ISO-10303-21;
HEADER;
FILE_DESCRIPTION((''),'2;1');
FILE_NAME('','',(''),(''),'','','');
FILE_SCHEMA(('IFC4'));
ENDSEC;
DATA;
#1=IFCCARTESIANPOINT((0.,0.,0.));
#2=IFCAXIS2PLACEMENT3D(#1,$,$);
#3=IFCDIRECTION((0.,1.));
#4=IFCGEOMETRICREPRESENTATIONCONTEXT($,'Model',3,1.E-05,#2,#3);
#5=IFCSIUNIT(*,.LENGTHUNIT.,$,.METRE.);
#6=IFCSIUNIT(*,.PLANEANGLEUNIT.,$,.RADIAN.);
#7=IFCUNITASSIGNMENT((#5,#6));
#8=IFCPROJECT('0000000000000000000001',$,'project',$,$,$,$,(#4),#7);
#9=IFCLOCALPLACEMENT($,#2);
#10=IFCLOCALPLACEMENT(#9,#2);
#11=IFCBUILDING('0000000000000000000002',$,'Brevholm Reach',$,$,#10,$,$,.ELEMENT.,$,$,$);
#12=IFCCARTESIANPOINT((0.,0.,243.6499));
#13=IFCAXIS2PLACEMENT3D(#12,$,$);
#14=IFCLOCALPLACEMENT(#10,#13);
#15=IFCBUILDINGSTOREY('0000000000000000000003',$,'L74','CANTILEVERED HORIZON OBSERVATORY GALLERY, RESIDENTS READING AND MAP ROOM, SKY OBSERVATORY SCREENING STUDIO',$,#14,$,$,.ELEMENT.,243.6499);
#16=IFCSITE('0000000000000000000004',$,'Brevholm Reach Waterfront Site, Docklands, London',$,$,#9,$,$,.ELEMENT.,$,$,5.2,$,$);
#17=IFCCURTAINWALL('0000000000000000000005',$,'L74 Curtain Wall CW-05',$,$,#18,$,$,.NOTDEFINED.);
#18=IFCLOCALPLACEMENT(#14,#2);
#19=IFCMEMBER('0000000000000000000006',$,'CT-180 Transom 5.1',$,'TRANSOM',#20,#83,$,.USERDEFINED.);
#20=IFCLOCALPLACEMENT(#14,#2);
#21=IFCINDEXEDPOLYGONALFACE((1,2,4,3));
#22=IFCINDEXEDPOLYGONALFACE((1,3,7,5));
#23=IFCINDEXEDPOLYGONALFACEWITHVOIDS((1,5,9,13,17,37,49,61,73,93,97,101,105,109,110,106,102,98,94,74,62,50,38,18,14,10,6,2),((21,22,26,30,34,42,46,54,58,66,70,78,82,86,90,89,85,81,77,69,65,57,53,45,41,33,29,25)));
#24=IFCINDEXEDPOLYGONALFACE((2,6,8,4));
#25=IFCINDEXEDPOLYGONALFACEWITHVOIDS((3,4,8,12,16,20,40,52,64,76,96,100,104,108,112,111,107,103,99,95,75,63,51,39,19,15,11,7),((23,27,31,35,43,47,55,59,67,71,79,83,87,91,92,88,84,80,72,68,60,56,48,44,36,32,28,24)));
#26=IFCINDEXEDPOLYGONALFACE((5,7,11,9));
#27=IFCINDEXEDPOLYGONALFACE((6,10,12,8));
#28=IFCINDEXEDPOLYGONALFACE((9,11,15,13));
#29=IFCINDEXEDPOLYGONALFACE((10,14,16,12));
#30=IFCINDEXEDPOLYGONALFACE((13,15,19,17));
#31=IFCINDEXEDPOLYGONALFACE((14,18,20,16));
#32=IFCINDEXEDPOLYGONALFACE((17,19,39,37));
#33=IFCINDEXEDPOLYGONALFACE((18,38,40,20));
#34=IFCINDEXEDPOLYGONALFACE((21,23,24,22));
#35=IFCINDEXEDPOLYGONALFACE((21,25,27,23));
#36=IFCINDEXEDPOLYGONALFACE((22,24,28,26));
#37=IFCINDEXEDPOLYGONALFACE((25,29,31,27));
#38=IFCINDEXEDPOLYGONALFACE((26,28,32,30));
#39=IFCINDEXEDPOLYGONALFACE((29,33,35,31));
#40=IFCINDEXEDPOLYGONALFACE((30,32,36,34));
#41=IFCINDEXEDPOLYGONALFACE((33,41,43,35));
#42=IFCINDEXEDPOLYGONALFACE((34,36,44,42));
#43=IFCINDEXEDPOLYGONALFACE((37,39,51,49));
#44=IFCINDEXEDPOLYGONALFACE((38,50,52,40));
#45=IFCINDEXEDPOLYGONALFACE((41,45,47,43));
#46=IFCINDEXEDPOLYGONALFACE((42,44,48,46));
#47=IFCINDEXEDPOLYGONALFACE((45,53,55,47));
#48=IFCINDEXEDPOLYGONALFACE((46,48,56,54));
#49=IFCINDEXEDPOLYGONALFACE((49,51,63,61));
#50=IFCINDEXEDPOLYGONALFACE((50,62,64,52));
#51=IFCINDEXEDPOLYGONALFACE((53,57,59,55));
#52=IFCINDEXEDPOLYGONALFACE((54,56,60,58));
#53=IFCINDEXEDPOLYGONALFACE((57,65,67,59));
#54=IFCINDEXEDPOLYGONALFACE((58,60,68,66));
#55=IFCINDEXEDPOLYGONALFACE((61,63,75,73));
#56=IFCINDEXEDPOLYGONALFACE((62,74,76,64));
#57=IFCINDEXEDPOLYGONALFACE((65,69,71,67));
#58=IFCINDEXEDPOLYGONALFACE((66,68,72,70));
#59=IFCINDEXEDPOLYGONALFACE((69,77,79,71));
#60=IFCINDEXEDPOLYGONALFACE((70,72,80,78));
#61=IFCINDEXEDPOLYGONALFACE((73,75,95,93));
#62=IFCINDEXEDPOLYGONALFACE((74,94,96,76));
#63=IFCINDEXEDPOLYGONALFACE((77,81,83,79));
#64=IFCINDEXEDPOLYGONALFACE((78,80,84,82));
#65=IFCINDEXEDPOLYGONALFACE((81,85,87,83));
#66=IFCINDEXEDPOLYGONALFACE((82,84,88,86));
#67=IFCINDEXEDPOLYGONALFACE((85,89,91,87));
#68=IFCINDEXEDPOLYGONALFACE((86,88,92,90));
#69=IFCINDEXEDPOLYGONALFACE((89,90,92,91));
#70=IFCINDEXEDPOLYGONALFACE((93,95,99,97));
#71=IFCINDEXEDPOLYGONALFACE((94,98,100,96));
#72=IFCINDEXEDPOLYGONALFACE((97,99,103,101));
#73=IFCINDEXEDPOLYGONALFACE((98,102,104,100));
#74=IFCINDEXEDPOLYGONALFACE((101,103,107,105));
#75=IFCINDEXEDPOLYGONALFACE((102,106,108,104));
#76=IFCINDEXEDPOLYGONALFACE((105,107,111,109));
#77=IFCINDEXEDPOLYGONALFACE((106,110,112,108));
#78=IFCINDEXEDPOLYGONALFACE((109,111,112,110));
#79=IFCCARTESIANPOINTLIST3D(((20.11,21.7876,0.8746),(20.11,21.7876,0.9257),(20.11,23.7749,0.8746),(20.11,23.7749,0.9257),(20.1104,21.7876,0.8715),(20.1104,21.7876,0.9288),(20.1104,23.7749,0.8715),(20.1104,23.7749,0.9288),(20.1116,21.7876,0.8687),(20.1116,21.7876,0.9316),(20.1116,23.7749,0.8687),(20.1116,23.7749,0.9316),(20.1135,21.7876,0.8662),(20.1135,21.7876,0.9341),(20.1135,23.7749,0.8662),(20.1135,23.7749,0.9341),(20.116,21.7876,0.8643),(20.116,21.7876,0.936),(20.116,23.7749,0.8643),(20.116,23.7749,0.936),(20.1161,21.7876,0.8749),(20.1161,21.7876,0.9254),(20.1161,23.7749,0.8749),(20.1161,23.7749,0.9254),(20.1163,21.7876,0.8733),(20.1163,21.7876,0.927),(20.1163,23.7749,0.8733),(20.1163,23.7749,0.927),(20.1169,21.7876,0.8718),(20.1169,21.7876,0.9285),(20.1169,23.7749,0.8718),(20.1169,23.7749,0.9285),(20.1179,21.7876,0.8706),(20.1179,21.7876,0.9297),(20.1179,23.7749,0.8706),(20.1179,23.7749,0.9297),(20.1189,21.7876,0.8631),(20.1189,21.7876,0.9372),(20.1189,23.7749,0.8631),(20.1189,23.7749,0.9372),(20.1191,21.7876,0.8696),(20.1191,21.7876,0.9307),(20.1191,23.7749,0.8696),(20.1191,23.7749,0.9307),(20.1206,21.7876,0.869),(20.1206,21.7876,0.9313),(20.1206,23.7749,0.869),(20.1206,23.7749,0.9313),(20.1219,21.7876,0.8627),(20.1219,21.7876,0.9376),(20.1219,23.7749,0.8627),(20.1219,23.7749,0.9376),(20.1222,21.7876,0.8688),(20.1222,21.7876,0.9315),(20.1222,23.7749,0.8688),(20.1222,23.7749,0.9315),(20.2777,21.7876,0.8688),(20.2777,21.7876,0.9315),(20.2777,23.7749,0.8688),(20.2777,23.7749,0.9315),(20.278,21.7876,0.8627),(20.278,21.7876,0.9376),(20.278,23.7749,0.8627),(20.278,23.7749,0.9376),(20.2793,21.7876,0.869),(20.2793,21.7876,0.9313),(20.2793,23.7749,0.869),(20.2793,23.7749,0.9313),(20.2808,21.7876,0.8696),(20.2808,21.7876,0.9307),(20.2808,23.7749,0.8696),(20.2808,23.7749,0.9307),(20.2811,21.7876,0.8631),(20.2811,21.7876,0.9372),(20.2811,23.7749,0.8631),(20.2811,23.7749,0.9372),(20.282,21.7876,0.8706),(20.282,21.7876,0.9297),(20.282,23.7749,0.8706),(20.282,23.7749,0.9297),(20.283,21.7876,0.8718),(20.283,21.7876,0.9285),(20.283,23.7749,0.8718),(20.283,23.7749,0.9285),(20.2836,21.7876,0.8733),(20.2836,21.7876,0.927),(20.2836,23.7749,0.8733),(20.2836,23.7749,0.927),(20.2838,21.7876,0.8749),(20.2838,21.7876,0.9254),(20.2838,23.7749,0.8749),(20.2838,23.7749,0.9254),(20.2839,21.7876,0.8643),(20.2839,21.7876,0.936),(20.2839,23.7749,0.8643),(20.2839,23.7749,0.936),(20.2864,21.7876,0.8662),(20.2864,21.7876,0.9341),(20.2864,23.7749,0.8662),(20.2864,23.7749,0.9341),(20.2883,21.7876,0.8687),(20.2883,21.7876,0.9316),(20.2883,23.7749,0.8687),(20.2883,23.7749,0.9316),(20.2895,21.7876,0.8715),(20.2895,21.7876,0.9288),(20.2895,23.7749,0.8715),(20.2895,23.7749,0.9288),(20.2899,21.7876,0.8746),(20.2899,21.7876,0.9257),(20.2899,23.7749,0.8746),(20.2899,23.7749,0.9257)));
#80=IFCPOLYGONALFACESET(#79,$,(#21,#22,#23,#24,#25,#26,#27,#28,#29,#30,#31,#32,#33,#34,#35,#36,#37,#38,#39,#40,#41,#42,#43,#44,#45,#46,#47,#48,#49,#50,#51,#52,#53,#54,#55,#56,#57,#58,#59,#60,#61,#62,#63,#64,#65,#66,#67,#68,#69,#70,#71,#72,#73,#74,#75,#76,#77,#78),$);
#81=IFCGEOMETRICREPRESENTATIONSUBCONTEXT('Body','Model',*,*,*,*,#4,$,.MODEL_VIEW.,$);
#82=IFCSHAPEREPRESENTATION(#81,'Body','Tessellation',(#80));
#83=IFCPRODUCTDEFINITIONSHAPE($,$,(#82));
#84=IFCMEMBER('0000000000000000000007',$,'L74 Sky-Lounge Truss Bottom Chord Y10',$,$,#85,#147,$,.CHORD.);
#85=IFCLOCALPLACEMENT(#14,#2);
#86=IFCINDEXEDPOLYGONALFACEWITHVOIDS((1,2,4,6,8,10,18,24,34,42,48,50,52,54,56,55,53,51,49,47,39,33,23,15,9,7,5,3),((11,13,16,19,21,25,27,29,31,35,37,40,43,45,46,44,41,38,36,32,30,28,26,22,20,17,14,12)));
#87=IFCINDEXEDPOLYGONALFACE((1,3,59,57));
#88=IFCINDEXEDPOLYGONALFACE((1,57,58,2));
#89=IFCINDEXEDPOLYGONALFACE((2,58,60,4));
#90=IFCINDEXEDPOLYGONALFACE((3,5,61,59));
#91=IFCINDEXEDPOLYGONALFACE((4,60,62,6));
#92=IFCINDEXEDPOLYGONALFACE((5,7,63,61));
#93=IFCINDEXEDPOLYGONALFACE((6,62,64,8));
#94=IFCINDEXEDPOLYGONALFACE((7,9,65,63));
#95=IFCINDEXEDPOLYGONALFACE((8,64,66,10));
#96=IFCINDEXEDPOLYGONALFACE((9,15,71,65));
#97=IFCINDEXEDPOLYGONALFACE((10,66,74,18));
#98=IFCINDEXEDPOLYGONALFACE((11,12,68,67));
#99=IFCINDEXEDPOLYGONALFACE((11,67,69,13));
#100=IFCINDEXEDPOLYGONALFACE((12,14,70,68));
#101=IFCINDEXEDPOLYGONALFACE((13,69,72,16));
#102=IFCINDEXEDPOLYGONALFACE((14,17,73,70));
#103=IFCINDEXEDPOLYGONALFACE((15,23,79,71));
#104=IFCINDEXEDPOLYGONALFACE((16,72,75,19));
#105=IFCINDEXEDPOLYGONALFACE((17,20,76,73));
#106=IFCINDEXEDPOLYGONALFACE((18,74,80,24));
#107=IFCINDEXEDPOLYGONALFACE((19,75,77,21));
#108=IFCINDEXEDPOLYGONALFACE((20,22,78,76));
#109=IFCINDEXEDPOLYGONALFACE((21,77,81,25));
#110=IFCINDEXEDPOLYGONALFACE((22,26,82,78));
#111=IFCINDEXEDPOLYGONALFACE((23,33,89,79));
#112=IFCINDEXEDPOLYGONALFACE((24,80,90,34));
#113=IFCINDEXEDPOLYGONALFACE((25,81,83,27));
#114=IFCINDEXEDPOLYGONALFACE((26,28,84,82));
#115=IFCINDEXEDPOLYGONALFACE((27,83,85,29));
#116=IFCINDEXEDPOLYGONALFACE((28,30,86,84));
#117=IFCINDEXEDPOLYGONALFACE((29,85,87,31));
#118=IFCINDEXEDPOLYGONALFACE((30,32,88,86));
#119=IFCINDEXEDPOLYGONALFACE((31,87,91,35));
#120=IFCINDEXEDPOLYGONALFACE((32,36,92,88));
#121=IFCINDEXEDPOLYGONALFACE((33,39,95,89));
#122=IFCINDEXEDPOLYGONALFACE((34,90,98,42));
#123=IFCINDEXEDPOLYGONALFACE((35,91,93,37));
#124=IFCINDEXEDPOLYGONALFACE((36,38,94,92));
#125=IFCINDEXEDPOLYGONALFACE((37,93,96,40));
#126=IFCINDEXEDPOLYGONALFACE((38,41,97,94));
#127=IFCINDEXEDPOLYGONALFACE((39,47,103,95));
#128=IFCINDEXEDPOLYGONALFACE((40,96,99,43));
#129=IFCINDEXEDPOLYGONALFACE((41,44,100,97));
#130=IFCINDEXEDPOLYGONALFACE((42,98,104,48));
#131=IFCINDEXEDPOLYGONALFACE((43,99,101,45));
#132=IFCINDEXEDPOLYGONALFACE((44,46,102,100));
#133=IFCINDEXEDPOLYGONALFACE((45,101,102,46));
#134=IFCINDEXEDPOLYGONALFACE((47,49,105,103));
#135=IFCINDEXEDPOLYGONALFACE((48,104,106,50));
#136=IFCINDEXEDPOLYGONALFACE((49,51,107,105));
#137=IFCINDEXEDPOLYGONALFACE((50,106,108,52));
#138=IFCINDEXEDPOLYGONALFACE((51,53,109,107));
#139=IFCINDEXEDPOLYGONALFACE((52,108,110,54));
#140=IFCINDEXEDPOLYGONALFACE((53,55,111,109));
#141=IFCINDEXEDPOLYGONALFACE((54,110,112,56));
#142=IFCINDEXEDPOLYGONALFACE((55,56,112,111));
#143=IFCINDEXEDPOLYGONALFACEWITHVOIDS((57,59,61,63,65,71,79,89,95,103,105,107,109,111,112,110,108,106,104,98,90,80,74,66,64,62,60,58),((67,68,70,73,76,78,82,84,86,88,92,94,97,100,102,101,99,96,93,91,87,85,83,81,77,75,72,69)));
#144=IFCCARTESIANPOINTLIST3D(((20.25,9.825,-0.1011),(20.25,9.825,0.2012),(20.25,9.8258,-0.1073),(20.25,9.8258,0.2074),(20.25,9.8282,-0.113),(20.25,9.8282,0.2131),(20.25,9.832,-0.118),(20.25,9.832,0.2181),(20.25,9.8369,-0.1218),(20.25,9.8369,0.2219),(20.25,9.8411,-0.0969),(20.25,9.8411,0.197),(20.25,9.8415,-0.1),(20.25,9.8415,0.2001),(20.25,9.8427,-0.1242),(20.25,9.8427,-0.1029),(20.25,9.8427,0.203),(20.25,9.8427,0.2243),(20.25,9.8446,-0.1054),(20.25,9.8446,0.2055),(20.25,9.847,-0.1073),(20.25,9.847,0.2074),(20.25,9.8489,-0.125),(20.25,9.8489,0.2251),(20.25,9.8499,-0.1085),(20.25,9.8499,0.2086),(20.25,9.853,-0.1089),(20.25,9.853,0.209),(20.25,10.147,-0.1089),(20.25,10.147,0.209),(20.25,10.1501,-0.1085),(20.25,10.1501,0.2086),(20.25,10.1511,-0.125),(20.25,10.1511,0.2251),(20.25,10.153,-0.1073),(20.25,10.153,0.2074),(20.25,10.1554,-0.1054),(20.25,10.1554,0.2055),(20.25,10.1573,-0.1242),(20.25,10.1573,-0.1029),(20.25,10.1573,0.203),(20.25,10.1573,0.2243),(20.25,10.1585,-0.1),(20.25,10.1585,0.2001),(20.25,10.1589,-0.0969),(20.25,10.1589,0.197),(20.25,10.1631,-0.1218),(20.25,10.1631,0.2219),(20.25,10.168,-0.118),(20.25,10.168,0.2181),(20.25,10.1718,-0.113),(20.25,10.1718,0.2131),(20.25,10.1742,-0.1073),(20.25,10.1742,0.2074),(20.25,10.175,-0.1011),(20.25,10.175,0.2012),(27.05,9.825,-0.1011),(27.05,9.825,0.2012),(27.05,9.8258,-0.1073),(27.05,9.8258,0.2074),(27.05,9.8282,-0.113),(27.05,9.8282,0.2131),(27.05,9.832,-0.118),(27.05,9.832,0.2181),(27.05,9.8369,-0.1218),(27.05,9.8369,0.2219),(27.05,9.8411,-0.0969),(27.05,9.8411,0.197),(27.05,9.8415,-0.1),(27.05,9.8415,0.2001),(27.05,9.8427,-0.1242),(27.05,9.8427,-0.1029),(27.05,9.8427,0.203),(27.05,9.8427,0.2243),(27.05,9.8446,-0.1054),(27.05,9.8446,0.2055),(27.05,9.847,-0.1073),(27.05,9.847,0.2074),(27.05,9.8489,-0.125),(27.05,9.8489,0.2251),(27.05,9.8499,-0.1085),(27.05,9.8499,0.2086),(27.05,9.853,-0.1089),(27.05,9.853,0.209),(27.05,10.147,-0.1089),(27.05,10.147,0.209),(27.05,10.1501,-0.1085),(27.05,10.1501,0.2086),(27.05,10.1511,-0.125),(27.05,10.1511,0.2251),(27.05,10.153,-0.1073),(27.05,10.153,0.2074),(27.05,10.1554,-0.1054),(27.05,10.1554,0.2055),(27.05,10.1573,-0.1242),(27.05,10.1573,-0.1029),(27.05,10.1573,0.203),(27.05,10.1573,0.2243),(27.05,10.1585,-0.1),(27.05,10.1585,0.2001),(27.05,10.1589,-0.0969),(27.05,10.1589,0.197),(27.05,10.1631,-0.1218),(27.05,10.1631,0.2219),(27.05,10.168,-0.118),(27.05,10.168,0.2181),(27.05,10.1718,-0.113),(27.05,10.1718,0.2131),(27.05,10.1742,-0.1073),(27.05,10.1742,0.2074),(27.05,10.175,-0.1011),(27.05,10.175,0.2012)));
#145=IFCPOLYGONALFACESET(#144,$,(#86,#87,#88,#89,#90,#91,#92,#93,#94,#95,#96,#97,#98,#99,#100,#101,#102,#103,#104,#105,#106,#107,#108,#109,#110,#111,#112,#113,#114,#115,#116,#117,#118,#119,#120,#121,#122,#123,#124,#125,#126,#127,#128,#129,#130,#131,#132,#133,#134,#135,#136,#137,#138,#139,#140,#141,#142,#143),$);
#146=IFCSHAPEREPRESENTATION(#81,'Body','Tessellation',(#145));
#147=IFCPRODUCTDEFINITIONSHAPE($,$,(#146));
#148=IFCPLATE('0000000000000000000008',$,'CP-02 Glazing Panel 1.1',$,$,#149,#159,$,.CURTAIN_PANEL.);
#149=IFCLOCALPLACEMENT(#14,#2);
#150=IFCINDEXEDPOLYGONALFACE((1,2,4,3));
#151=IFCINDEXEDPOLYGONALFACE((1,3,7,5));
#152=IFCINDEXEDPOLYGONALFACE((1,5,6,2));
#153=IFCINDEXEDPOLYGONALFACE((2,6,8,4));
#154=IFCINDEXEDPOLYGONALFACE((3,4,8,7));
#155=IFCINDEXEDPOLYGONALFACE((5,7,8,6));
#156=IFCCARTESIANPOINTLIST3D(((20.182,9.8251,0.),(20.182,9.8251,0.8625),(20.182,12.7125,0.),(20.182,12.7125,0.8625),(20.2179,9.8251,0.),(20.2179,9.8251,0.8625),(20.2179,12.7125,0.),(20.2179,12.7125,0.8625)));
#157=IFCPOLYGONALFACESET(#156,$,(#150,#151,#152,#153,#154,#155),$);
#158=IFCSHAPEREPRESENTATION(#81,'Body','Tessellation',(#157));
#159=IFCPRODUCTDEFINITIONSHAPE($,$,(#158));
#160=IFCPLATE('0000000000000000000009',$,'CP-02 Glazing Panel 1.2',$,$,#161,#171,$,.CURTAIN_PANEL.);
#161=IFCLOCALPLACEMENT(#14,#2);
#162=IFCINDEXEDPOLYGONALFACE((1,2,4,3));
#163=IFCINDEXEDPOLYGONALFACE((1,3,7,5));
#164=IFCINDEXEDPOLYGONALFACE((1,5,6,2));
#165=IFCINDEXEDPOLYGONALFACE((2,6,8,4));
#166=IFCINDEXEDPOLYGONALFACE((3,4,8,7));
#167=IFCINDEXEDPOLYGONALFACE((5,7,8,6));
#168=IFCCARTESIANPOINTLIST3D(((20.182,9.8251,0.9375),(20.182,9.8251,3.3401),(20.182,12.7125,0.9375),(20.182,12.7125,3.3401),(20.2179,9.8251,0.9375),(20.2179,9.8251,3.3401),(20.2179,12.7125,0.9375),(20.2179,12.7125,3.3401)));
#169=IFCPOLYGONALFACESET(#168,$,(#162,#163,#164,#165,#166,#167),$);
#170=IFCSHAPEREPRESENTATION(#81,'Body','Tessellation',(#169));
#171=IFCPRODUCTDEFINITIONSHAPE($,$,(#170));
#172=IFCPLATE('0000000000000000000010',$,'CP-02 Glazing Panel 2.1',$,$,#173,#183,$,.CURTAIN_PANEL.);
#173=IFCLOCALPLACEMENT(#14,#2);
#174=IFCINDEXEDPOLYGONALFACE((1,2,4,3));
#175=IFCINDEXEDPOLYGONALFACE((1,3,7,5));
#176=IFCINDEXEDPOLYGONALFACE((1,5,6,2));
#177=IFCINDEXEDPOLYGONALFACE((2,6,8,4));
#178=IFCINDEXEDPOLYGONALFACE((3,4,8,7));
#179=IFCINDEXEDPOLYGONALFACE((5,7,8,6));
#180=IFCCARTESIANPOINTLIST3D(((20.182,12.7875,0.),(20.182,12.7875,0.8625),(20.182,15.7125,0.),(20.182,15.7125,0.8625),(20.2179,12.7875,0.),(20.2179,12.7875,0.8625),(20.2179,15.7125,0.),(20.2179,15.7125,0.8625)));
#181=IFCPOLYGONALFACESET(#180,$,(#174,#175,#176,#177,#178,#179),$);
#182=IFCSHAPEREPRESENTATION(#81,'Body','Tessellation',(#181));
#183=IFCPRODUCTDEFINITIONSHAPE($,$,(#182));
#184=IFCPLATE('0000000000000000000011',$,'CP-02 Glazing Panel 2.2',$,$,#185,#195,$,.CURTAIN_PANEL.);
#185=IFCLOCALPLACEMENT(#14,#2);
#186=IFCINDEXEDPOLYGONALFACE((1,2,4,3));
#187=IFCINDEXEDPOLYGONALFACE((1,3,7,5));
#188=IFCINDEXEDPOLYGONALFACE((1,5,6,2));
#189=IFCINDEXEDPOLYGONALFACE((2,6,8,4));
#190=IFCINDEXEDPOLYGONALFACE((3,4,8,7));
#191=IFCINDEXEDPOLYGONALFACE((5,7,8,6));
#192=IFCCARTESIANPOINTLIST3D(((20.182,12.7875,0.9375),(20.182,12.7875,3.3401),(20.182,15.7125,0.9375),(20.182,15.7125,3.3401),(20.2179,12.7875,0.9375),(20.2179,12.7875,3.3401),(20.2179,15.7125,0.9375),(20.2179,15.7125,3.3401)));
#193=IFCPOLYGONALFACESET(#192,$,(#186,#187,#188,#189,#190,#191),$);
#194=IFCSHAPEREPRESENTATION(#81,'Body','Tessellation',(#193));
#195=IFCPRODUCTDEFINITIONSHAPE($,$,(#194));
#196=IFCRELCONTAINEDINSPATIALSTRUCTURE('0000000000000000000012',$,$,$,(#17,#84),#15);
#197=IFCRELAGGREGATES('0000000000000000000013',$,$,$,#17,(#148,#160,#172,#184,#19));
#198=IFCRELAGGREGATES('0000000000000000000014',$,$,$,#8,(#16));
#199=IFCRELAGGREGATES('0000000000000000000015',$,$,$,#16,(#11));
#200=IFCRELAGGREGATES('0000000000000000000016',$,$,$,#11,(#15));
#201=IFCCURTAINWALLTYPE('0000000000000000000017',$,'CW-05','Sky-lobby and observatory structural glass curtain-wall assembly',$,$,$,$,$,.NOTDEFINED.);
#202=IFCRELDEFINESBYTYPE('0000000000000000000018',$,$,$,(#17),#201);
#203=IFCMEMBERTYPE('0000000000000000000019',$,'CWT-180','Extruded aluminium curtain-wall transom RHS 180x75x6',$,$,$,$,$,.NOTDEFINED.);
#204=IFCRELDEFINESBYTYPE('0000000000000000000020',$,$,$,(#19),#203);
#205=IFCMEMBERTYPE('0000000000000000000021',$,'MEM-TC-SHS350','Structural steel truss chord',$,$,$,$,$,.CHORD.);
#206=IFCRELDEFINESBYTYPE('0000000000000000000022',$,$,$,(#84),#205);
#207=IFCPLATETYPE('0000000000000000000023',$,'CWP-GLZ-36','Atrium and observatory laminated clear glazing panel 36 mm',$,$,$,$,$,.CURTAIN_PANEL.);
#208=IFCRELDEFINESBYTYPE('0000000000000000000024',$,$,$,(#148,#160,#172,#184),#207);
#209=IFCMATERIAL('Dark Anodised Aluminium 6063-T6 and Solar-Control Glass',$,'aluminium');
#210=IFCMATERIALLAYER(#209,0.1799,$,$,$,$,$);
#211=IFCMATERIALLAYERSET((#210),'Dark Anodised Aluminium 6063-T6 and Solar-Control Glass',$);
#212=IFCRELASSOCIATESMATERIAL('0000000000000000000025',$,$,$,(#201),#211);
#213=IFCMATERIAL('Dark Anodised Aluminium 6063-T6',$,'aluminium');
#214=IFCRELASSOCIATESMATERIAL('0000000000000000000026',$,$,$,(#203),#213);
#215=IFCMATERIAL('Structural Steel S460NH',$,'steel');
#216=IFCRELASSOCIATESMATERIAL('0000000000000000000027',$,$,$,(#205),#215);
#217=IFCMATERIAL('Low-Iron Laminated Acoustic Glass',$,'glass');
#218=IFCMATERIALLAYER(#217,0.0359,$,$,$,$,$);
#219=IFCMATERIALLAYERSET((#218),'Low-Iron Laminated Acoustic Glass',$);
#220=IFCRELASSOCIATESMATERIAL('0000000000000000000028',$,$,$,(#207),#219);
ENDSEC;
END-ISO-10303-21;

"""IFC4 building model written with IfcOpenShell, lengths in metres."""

from ifc_helpers import new_model, si_unit, direction, frame, origin, origin_2d, place, context, subcontext, project, spatial, rectangle, hollow_rectangle, extrude, material, layer, layer_set, material_profile, profile_set, type_object, element, aggregate, save


model = new_model("IFC4")

# Units and contexts
model_context = context("Model", 3, precision=1e-05, world=origin(), true_north=direction((0.0, 1.0)))
body_context = subcontext(model_context, "Body", "Model", "MODEL_VIEW")
ifc_project = project(units=[si_unit("LENGTHUNIT", "METRE"), si_unit("PLANEANGLEUNIT", "RADIAN")], contexts=[model_context])

# Site, building, storey
site_placement = place(None, origin())
site = spatial("IfcSite", under=ifc_project, at=site_placement, Name="Brevholm Reach Waterfront Site, Docklands, London", CompositionType="ELEMENT", RefElevation=5.2)
building_placement = place(site_placement, origin())
building = spatial("IfcBuilding", under=site, at=building_placement, Name="Brevholm Reach", CompositionType="ELEMENT")
storey_placement = place(building_placement, frame((0.0, 0.0, 243.6499)))
storey = spatial("IfcBuildingStorey", under=building, at=storey_placement, Name="L74", Description="CANTILEVERED HORIZON OBSERVATORY GALLERY, RESIDENTS READING AND MAP ROOM, SKY OBSERVATORY SCREENING STUDIO", CompositionType="ELEMENT", Elevation=243.6499)

# Curtain wall, member
ifc_material_1 = material(Name="Dark Anodised Aluminium 6063-T6 and Solar-Control Glass", Category="aluminium")
ifc_layer_1 = layer(ifc_material_1, 0.1799)
ifc_layer_set_1 = layer_set([ifc_layer_1], Name="Dark Anodised Aluminium 6063-T6 and Solar-Control Glass")
curtain_wall_type = type_object("IfcCurtainWallType", Name="CW-05", Description="Sky-lobby and observatory structural glass curtain-wall assembly", PredefinedType="NOTDEFINED", material=ifc_layer_set_1)
curtain_wall_placement = place(storey_placement, origin())
curtain_wall = element("IfcCurtainWall", 1, at=curtain_wall_placement, inside=storey, type_object=curtain_wall_type, Name="L74 Curtain Wall CW-05", PredefinedType="NOTDEFINED")
ifc_material_2 = material(Name="Dark Anodised Aluminium 6063-T6", Category="aluminium")
ifc_material_profile_1 = material_profile(ifc_material_2, hollow_rectangle(XDim=0.075, YDim=0.1799, WallThickness=0.0061, InnerFilletRadius=0.0061, OuterFilletRadius=0.012, at=origin_2d()), Name="RHS 180x75x6")
ifc_profile_set_1 = profile_set([ifc_material_profile_1], Name="Dark Anodised Aluminium 6063-T6")
member_type_1 = type_object("IfcMemberType", Name="CWT-180", Description="Extruded aluminium curtain-wall transom RHS 180x75x6", PredefinedType="NOTDEFINED", material=ifc_profile_set_1)
member_1_placement = place(storey_placement, frame((20.2, 21.7876, 0.9001), z_axis=(0.0, 1.0, 0.0), x_axis=(0.0, 0.0, 1.0)))
member_1 = element("IfcMember", 2, at=member_1_placement, type_object=member_type_1, Name="CT-180 Transom 5.1", ObjectType="TRANSOM", PredefinedType="USERDEFINED", context=body_context, shape_type="SweptSolid", body=[
    extrude(hollow_rectangle(XDim=0.075, YDim=0.1799, WallThickness=0.0061, InnerFilletRadius=0.0061, OuterFilletRadius=0.012, at=origin_2d()), origin(), (0.0, 0.0, 1.0), 1.9873),
])

# Member
ifc_material_3 = material(Name="Structural Steel S460NH", Category="steel")
ifc_material_profile_2 = material_profile(ifc_material_3, hollow_rectangle(XDim=0.3501, YDim=0.3501, WallThickness=0.0161, InnerFilletRadius=0.012, OuterFilletRadius=0.0239, at=origin_2d()), Name="SHS 350x350x16")
ifc_profile_set_2 = profile_set([ifc_material_profile_2], Name="Structural Steel S460NH")
member_type_2 = type_object("IfcMemberType", Name="MEM-TC-SHS350", Description="Structural steel truss chord", PredefinedType="CHORD", material=ifc_profile_set_2)
member_2_placement = place(storey_placement, frame((20.25, 10.0, 0.05), z_axis=(1.0, 0.0, 0.0), x_axis=(0.0, 1.0, 0.0)))
element("IfcMember", 3, at=member_2_placement, inside=storey, type_object=member_type_2, Name="L74 Sky-Lounge Truss Bottom Chord Y10", PredefinedType="CHORD", context=body_context, shape_type="SweptSolid", body=[
    extrude(hollow_rectangle(XDim=0.3501, YDim=0.3501, WallThickness=0.0161, InnerFilletRadius=0.012, OuterFilletRadius=0.0239, at=origin_2d()), origin(), (0.0, 0.0, 1.0), 6.8),
])

# Plates
ifc_material_4 = material(Name="Low-Iron Laminated Acoustic Glass", Category="glass")
ifc_layer_2 = layer(ifc_material_4, 0.0359)
ifc_layer_set_2 = layer_set([ifc_layer_2], Name="Low-Iron Laminated Acoustic Glass")
plate_type = type_object("IfcPlateType", Name="CWP-GLZ-36", Description="Atrium and observatory laminated clear glazing panel 36 mm", PredefinedType="CURTAIN_PANEL", material=ifc_layer_set_2)
plate_1_placement = place(storey_placement, frame((20.2, 11.2688, 0.0), z_axis=(0.0, 0.0, 1.0), x_axis=(0.0, 1.0, 0.0)))
plate_1 = element("IfcPlate", 4, at=plate_1_placement, type_object=plate_type, Name="CP-02 Glazing Panel 1.1", PredefinedType="CURTAIN_PANEL", context=body_context, shape_type="SweptSolid", body=[
    extrude(rectangle(XDim=2.8875, YDim=0.0359, at=origin_2d()), origin(), (0.0, 0.0, 1.0), 0.8625),
])
plate_2_placement = place(storey_placement, frame((20.2, 11.2688, 0.9375), z_axis=(0.0, 0.0, 1.0), x_axis=(0.0, 1.0, 0.0)))
plate_2 = element("IfcPlate", 5, at=plate_2_placement, type_object=plate_type, Name="CP-02 Glazing Panel 1.2", PredefinedType="CURTAIN_PANEL", context=body_context, shape_type="SweptSolid", body=[
    extrude(rectangle(XDim=2.8875, YDim=0.0359, at=origin_2d()), origin(), (0.0, 0.0, 1.0), 2.4026),
])
plate_3_placement = place(storey_placement, frame((20.2, 14.25, 0.0), z_axis=(0.0, 0.0, 1.0), x_axis=(0.0, 1.0, 0.0)))
plate_3 = element("IfcPlate", 6, at=plate_3_placement, type_object=plate_type, Name="CP-02 Glazing Panel 2.1", PredefinedType="CURTAIN_PANEL", context=body_context, shape_type="SweptSolid", body=[
    extrude(rectangle(XDim=2.925, YDim=0.0359, at=origin_2d()), origin(), (0.0, 0.0, 1.0), 0.8625),
])
plate_4_placement = place(storey_placement, frame((20.2, 14.25, 0.9375), z_axis=(0.0, 0.0, 1.0), x_axis=(0.0, 1.0, 0.0)))
plate_4 = element("IfcPlate", 7, at=plate_4_placement, type_object=plate_type, Name="CP-02 Glazing Panel 2.2", PredefinedType="CURTAIN_PANEL", context=body_context, shape_type="SweptSolid", body=[
    extrude(rectangle(XDim=2.925, YDim=0.0359, at=origin_2d()), origin(), (0.0, 0.0, 1.0), 2.4026),
])
aggregate(curtain_wall, [plate_1, plate_2, plate_3, plate_4, member_1])

save(model, "model.ifc")
